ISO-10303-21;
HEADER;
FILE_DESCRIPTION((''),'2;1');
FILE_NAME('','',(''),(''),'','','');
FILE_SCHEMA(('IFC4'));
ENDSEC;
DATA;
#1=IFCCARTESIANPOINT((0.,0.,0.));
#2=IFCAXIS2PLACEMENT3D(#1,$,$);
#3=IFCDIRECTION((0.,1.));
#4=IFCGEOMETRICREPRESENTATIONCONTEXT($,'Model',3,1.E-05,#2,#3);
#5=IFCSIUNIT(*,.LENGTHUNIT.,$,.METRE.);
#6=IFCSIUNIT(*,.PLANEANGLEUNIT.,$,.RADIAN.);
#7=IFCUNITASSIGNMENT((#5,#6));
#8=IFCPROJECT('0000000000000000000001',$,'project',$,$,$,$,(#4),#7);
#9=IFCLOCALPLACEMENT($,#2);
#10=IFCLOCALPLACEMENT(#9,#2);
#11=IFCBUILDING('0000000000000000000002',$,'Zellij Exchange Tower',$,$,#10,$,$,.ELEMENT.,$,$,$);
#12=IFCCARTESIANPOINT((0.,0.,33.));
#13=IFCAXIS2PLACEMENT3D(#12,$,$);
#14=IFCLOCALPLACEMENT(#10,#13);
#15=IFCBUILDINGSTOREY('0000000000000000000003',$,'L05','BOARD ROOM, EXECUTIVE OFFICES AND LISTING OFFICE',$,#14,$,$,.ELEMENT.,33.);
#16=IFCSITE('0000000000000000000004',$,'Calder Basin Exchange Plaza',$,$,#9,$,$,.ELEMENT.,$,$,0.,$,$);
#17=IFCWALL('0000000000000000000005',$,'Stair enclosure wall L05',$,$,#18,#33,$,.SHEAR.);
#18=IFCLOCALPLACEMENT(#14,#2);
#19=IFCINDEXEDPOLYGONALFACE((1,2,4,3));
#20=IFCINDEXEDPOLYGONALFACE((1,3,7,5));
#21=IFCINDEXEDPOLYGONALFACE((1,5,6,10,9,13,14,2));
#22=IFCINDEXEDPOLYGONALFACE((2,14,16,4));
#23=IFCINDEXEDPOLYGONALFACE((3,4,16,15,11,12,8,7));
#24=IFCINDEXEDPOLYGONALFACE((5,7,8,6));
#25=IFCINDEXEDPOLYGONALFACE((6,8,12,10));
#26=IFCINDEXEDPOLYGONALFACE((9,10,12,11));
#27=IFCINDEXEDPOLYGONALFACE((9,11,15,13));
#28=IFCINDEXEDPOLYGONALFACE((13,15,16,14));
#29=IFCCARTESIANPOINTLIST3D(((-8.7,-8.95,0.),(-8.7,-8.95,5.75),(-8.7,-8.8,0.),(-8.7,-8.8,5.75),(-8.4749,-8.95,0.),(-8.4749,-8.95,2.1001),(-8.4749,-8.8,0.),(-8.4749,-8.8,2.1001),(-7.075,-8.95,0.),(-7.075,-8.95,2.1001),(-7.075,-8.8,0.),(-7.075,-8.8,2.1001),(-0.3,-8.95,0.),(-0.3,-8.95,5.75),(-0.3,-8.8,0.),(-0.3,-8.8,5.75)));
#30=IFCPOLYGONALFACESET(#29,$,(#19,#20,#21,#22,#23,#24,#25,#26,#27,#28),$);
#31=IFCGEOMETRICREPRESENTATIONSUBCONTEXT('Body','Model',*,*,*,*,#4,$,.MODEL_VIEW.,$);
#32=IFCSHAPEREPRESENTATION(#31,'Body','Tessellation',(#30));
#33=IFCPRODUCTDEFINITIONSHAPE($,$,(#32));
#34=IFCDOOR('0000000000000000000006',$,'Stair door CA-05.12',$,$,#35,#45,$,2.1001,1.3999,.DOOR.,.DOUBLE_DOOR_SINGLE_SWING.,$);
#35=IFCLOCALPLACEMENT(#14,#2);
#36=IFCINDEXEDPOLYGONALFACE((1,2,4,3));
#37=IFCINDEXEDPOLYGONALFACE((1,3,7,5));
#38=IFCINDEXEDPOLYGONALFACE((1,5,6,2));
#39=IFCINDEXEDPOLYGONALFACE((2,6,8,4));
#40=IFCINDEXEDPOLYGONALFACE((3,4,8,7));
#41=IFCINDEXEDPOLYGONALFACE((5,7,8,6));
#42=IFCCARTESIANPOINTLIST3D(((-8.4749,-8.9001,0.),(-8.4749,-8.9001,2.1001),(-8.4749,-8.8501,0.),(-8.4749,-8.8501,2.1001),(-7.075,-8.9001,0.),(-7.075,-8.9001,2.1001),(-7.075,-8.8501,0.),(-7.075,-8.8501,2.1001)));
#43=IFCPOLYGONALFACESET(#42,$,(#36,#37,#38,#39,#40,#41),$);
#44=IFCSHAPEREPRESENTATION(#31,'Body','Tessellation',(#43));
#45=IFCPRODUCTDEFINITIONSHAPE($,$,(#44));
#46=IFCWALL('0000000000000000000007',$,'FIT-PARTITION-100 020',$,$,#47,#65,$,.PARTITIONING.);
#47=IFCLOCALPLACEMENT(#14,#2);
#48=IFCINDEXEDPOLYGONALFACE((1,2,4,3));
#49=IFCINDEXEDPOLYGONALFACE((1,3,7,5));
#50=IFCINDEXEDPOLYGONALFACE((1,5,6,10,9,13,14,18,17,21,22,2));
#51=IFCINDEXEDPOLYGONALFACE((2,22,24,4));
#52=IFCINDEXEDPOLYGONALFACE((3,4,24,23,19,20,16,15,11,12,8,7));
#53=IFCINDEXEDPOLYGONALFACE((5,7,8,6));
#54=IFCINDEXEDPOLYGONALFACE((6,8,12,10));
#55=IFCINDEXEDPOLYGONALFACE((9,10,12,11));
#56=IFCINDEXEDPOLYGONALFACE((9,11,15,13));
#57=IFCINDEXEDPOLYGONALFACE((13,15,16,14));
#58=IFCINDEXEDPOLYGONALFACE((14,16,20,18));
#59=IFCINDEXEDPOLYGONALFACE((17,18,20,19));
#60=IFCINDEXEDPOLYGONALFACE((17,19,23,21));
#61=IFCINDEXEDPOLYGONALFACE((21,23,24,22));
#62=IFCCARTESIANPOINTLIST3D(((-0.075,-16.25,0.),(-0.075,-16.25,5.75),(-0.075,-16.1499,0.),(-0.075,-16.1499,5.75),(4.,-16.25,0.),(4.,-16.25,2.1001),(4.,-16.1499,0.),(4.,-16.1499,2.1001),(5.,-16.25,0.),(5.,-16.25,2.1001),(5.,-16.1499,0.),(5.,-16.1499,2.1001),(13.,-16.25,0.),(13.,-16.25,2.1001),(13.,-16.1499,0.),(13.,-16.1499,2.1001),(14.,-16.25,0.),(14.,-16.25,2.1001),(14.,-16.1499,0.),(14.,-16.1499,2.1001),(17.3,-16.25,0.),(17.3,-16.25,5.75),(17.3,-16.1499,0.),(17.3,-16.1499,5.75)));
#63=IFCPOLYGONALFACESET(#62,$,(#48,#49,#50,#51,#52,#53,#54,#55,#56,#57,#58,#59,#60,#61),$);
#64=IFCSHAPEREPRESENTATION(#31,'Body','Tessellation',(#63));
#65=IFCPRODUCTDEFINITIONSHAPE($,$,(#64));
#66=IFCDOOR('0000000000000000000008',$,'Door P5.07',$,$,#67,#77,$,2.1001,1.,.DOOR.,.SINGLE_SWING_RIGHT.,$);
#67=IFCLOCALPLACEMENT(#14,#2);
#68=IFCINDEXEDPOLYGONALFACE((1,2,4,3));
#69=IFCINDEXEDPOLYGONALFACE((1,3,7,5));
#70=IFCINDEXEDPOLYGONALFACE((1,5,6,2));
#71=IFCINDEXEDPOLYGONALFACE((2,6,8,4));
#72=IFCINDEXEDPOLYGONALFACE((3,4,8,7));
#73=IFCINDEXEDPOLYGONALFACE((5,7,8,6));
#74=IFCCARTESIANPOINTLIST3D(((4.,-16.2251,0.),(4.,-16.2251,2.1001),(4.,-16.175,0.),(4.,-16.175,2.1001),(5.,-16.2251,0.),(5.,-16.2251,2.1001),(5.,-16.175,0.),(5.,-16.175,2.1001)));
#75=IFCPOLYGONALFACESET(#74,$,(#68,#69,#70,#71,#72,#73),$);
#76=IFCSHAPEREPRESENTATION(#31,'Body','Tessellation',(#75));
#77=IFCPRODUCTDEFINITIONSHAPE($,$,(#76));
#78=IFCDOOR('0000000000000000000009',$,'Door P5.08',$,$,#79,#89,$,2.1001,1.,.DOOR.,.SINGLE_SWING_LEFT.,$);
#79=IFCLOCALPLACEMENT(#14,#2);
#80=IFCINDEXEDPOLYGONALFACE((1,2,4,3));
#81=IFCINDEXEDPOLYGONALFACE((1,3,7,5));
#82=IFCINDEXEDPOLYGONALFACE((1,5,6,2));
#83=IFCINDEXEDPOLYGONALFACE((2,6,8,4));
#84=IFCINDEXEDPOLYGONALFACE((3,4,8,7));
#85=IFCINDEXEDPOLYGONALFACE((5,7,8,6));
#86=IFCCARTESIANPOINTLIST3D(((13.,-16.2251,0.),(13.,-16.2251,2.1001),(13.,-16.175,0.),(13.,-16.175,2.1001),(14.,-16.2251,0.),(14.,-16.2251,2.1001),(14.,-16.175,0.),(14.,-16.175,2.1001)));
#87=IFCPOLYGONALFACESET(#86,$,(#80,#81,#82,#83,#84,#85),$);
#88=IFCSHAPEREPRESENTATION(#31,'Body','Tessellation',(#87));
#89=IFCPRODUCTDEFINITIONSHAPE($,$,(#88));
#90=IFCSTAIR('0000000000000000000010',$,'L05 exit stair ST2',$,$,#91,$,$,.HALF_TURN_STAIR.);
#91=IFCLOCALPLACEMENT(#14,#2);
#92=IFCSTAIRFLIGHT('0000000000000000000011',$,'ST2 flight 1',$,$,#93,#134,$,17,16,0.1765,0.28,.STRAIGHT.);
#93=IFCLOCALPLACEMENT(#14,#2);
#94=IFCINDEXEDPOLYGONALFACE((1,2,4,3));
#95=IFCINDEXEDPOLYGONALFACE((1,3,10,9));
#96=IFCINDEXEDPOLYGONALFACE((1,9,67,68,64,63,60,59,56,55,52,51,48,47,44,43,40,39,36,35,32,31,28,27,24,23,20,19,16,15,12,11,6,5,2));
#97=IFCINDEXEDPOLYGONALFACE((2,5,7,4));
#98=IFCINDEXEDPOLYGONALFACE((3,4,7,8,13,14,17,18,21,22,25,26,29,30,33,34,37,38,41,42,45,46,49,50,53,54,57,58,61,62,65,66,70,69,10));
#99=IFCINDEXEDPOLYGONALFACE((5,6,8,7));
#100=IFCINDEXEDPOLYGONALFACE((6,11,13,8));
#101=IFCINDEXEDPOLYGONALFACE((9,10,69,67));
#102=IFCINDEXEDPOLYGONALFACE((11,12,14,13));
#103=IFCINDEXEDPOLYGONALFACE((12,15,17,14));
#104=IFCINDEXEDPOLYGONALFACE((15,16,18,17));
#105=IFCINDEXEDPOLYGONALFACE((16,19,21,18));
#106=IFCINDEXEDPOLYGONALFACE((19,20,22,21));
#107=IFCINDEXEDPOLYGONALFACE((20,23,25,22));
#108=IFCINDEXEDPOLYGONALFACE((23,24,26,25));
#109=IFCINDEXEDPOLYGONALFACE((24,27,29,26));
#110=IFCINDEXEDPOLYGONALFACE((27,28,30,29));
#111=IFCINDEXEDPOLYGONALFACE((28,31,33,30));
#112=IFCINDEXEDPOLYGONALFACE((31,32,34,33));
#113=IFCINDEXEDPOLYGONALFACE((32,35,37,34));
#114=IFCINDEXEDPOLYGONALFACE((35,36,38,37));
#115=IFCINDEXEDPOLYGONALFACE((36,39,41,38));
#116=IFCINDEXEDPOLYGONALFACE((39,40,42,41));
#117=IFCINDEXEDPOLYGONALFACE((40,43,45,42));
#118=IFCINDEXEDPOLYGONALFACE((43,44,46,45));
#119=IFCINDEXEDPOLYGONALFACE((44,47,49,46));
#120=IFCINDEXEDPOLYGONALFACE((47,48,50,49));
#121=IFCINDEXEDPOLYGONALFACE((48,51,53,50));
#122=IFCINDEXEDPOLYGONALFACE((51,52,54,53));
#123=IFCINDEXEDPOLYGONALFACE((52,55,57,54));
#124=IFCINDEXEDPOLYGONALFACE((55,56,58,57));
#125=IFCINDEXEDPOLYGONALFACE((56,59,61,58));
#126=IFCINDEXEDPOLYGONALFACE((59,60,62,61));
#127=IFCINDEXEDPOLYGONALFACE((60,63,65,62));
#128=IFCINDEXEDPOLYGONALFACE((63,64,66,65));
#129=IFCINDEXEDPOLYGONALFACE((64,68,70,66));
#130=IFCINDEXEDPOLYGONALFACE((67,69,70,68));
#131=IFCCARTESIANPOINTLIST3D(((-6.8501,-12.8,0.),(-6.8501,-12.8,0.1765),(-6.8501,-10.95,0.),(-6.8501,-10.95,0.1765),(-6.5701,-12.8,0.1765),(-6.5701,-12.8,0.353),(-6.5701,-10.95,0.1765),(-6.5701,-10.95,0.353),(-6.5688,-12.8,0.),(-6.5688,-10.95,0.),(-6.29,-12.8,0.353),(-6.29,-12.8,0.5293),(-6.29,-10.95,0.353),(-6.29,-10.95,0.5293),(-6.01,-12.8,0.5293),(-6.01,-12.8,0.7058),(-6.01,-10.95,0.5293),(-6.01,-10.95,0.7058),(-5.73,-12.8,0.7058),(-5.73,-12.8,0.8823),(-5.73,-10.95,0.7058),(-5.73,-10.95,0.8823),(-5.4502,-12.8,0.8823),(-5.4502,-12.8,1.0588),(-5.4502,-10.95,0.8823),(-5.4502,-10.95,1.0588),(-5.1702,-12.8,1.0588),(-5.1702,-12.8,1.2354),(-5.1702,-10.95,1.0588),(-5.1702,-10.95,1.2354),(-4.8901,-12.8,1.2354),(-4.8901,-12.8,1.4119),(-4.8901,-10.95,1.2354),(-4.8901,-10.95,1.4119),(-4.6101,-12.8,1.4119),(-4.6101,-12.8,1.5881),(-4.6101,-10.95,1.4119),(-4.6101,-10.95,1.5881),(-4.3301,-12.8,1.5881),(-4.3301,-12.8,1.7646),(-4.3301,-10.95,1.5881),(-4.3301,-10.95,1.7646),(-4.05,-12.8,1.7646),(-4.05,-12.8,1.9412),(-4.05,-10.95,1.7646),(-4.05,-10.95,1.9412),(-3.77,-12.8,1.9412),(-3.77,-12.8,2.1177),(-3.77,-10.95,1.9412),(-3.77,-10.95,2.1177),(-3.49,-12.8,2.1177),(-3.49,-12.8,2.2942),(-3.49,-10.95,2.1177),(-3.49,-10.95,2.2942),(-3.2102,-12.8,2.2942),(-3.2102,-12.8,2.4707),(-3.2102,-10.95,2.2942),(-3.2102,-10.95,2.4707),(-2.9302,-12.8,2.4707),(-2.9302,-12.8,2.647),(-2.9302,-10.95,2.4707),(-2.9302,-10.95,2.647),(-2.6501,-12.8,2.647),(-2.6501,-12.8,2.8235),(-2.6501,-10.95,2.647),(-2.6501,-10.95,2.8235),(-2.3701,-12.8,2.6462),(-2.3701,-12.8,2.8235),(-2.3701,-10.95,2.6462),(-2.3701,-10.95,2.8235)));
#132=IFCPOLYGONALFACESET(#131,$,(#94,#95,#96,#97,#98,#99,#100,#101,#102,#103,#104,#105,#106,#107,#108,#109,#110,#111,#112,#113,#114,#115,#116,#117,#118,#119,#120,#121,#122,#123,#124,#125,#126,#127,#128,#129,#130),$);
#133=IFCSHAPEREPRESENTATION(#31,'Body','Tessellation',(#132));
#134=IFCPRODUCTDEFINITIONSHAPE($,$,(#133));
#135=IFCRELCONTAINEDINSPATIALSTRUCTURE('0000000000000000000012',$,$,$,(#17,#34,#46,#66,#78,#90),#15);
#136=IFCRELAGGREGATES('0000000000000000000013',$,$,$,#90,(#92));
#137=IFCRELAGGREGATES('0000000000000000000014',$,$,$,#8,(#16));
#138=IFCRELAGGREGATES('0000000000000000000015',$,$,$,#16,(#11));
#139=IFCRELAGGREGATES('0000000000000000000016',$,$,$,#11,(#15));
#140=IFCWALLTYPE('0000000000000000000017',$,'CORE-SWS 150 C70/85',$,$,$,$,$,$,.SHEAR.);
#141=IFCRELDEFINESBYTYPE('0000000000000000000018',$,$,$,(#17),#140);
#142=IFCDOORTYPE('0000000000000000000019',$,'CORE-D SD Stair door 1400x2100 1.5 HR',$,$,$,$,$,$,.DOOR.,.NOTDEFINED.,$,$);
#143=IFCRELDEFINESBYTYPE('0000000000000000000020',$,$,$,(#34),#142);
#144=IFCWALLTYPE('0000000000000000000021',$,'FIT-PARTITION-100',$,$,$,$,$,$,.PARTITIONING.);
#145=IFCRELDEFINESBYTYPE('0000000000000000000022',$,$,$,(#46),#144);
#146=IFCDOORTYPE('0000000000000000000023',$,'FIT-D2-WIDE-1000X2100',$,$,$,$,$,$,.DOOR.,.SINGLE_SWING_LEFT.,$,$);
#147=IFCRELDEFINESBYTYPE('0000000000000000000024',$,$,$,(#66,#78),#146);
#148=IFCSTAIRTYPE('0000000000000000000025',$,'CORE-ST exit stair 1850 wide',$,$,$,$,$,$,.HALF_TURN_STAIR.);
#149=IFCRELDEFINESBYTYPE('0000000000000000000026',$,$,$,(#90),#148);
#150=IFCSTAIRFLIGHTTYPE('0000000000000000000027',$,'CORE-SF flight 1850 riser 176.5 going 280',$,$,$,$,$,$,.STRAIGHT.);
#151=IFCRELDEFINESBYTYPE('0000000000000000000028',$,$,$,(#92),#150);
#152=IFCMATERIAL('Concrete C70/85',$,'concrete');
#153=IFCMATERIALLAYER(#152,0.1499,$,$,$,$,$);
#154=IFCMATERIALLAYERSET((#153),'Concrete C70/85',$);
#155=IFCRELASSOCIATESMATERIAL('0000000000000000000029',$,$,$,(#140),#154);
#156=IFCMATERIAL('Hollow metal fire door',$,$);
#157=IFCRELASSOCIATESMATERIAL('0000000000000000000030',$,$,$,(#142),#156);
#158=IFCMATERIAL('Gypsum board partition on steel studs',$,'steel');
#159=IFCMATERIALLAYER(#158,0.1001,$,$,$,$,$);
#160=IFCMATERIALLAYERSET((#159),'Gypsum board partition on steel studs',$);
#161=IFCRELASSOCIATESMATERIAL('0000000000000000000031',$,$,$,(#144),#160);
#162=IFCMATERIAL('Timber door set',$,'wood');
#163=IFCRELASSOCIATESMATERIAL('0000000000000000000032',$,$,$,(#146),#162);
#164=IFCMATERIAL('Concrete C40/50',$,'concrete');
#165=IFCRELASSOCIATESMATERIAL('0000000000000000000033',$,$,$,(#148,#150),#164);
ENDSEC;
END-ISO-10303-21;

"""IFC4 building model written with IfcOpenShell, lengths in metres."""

from ifc_helpers import new_model, si_unit, direction, frame, frame_2d, origin, place, context, subcontext, project, spatial, polyline, rectangle, outline, extrude, material, layer, layer_set, type_object, element, fill, aggregate, save


model = new_model("IFC4")

# Units and contexts
model_context = context("Model", 3, precision=1e-05, world=origin(), true_north=direction((0.0, 1.0)))
body_context = subcontext(model_context, "Body", "Model", "MODEL_VIEW")
ifc_project = project(units=[si_unit("LENGTHUNIT", "METRE"), si_unit("PLANEANGLEUNIT", "RADIAN")], contexts=[model_context])

# Site, building, storey
site_placement = place(None, origin())
site = spatial("IfcSite", under=ifc_project, at=site_placement, Name="Calder Basin Exchange Plaza", CompositionType="ELEMENT", RefElevation=0.0)
building_placement = place(site_placement, origin())
building = spatial("IfcBuilding", under=site, at=building_placement, Name="Zellij Exchange Tower", CompositionType="ELEMENT")
storey_placement = place(building_placement, frame((0.0, 0.0, 33.0)))
storey = spatial("IfcBuildingStorey", under=building, at=storey_placement, Name="L05", Description="BOARD ROOM, EXECUTIVE OFFICES AND LISTING OFFICE", CompositionType="ELEMENT", Elevation=33.0)

# Shared definitions
ifc_material_1 = material(Name="Concrete C70/85", Category="concrete")

# Shared definitions
ifc_material_2 = material(Name="Hollow metal fire door")

# Wall, opening, door
ifc_layer_1 = layer(ifc_material_1, 0.1499)
ifc_layer_set_1 = layer_set([ifc_layer_1], Name="Concrete C70/85")
wall_type_1 = type_object("IfcWallType", Name="CORE-SWS 150 C70/85", PredefinedType="SHEAR", material=ifc_layer_set_1)
wall_1_placement = place(storey_placement, frame((-8.7, -8.875, 0.0), z_axis=(0.0, 0.0, 1.0), x_axis=(1.0, 0.0, 0.0)))
wall_1 = element("IfcWall", 1, at=wall_1_placement, inside=storey, type_object=wall_type_1, Name="Stair enclosure wall L05", PredefinedType="SHEAR", context=body_context, shape_type="SweptSolid", body=[
    extrude(rectangle(XDim=8.3999, YDim=0.1499, at=frame_2d((4.2, 0.0))), origin(), (0.0, 0.0, 1.0), 5.75),
])
opening_1_placement = place(wall_1_placement, frame((0.2251, 0.0, 0.0)))
opening_1 = element("IfcOpeningElement", 2, at=opening_1_placement, cuts=wall_1, PredefinedType="OPENING", context=body_context, shape_type="SweptSolid", body=[
    extrude(rectangle(XDim=1.3999, YDim=2.1001, at=frame_2d((0.7, 1.05))), frame((0.0, 0.0869, 0.0), z_axis=(0.0, -1.0, 0.0), x_axis=(1.0, 0.0, 0.0)), (0.0, 0.0, 1.0), 0.1738),
])
door_type_1 = type_object("IfcDoorType", Name="CORE-D SD Stair door 1400x2100 1.5 HR", OperationType="NOTDEFINED", PredefinedType="DOOR", material=ifc_material_2)
door_1_placement = place(opening_1_placement, origin())
door_1 = element("IfcDoor", 3, at=door_1_placement, inside=storey, type_object=door_type_1, Name="Stair door CA-05.12", OperationType="DOUBLE_DOOR_SINGLE_SWING", OverallHeight=2.1001, OverallWidth=1.3999, PredefinedType="DOOR", context=body_context, shape_type="SweptSolid", body=[
    extrude(rectangle(XDim=1.3999, YDim=2.1001, at=frame_2d((0.7, 1.05))), frame((0.0, 0.0249, 0.0), z_axis=(0.0, -1.0, 0.0), x_axis=(1.0, 0.0, 0.0)), (0.0, 0.0, 1.0), 0.05),
])
fill(opening_1, door_1)

# Wall, openings, doors
ifc_material_3 = material(Name="Gypsum board partition on steel studs", Category="steel")
ifc_layer_2 = layer(ifc_material_3, 0.1001)
ifc_layer_set_2 = layer_set([ifc_layer_2], Name="Gypsum board partition on steel studs")
wall_type_2 = type_object("IfcWallType", Name="FIT-PARTITION-100", PredefinedType="PARTITIONING", material=ifc_layer_set_2)
wall_2_placement = place(storey_placement, frame((-0.075, -16.2, 0.0), z_axis=(0.0, 0.0, 1.0), x_axis=(1.0, 0.0, 0.0)))
wall_2 = element("IfcWall", 4, at=wall_2_placement, inside=storey, type_object=wall_type_2, Name="FIT-PARTITION-100 020", PredefinedType="PARTITIONING", context=body_context, shape_type="SweptSolid", body=[
    extrude(rectangle(XDim=17.375, YDim=0.1001, at=frame_2d((8.6875, 0.0))), origin(), (0.0, 0.0, 1.0), 5.75),
])
opening_2_placement = place(wall_2_placement, frame((4.075, 0.0, 0.0)))
opening_2 = element("IfcOpeningElement", 5, at=opening_2_placement, cuts=wall_2, PredefinedType="OPENING", context=body_context, shape_type="SweptSolid", body=[
    extrude(rectangle(XDim=1.0, YDim=2.1001, at=frame_2d((0.5, 1.05))), frame((0.0, 0.062, 0.0), z_axis=(0.0, -1.0, 0.0), x_axis=(1.0, 0.0, 0.0)), (0.0, 0.0, 1.0), 0.124),
])
opening_3_placement = place(wall_2_placement, frame((13.075, 0.0, 0.0)))
opening_3 = element("IfcOpeningElement", 6, at=opening_3_placement, cuts=wall_2, PredefinedType="OPENING", context=body_context, shape_type="SweptSolid", body=[
    extrude(rectangle(XDim=1.0, YDim=2.1001, at=frame_2d((0.5, 1.05))), frame((0.0, 0.062, 0.0), z_axis=(0.0, -1.0, 0.0), x_axis=(1.0, 0.0, 0.0)), (0.0, 0.0, 1.0), 0.124),
])
ifc_material_4 = material(Name="Timber door set", Category="wood")
door_type_2 = type_object("IfcDoorType", Name="FIT-D2-WIDE-1000X2100", OperationType="SINGLE_SWING_LEFT", PredefinedType="DOOR", material=ifc_material_4)
door_2_placement = place(opening_2_placement, origin())
door_2 = element("IfcDoor", 7, at=door_2_placement, inside=storey, type_object=door_type_2, Name="Door P5.07", OperationType="SINGLE_SWING_RIGHT", OverallHeight=2.1001, OverallWidth=1.0, PredefinedType="DOOR", context=body_context, shape_type="SweptSolid", body=[
    extrude(rectangle(XDim=1.0, YDim=2.1001, at=frame_2d((0.5, 1.05))), frame((0.0, 0.0249, 0.0), z_axis=(0.0, -1.0, 0.0), x_axis=(1.0, 0.0, 0.0)), (0.0, 0.0, 1.0), 0.05),
])
fill(opening_2, door_2)
door_3_placement = place(opening_3_placement, origin())
door_3 = element("IfcDoor", 8, at=door_3_placement, inside=storey, type_object=door_type_2, Name="Door P5.08", OperationType="SINGLE_SWING_LEFT", OverallHeight=2.1001, OverallWidth=1.0, PredefinedType="DOOR", context=body_context, shape_type="SweptSolid", body=[
    extrude(rectangle(XDim=1.0, YDim=2.1001, at=frame_2d((0.5, 1.05))), frame((0.0, 0.0249, 0.0), z_axis=(0.0, -1.0, 0.0), x_axis=(1.0, 0.0, 0.0)), (0.0, 0.0, 1.0), 0.05),
])
fill(opening_3, door_3)

# Stair, stair flight
ifc_material_5 = material(Name="Concrete C40/50", Category="concrete")
stair_type = type_object("IfcStairType", Name="CORE-ST exit stair 1850 wide", PredefinedType="HALF_TURN_STAIR", material=ifc_material_5)
stair_placement = place(storey_placement, origin())
stair = element("IfcStair", 9, at=stair_placement, inside=storey, type_object=stair_type, Name="L05 exit stair ST2", PredefinedType="HALF_TURN_STAIR")
stair_flight_type = type_object("IfcStairFlightType", Name="CORE-SF flight 1850 riser 176.5 going 280", PredefinedType="STRAIGHT", material=ifc_material_5)
stair_flight_1_placement = place(storey_placement, frame((-6.8501, -11.875, 0.0), z_axis=(0.0, 0.0, 1.0), x_axis=(1.0, 0.0, 0.0)))
stair_flight_1 = element("IfcStairFlight", 10, at=stair_flight_1_placement, type_object=stair_flight_type, Name="ST2 flight 1", NumberOfRisers=17, NumberOfTreads=16, PredefinedType="STRAIGHT", RiserHeight=0.1765, TreadLength=0.28, context=body_context, shape_type="SweptSolid", body=[
    extrude(outline(polyline([(0.0, 0.0), (0.0, 0.1765), (0.28, 0.1765), (0.28, 0.353), (0.5601, 0.353), (0.5601, 0.5293), (0.8401, 0.5293), (0.8401, 0.7058), (1.1201, 0.7058), (1.1201, 0.8823), (1.3999, 0.8823), (1.3999, 1.0588), (1.6799, 1.0588), (1.6799, 1.2354), (1.96, 1.2354), (1.96, 1.4119), (2.24, 1.4119), (2.24, 1.5881), (2.52, 1.5881), (2.52, 1.7646), (2.8, 1.7646), (2.8, 1.9412), (3.0801, 1.9412), (3.0801, 2.1177), (3.3601, 2.1177), (3.3601, 2.2942), (3.6399, 2.2942), (3.6399, 2.4707), (3.9199, 2.4707), (3.9199, 2.647), (4.2, 2.647), (4.2, 2.8235), (4.48, 2.8235), (4.48, 3.0), (4.48, 2.6462), (0.2812, 0.0), (0.0, 0.0)])), frame((0.0, 0.925, 0.0), z_axis=(0.0, -1.0, 0.0), x_axis=(1.0, 0.0, 0.0)), (0.0, 0.0, 1.0), 1.8501),
])
aggregate(stair, [stair_flight_1])

save(model, "model.ifc")
